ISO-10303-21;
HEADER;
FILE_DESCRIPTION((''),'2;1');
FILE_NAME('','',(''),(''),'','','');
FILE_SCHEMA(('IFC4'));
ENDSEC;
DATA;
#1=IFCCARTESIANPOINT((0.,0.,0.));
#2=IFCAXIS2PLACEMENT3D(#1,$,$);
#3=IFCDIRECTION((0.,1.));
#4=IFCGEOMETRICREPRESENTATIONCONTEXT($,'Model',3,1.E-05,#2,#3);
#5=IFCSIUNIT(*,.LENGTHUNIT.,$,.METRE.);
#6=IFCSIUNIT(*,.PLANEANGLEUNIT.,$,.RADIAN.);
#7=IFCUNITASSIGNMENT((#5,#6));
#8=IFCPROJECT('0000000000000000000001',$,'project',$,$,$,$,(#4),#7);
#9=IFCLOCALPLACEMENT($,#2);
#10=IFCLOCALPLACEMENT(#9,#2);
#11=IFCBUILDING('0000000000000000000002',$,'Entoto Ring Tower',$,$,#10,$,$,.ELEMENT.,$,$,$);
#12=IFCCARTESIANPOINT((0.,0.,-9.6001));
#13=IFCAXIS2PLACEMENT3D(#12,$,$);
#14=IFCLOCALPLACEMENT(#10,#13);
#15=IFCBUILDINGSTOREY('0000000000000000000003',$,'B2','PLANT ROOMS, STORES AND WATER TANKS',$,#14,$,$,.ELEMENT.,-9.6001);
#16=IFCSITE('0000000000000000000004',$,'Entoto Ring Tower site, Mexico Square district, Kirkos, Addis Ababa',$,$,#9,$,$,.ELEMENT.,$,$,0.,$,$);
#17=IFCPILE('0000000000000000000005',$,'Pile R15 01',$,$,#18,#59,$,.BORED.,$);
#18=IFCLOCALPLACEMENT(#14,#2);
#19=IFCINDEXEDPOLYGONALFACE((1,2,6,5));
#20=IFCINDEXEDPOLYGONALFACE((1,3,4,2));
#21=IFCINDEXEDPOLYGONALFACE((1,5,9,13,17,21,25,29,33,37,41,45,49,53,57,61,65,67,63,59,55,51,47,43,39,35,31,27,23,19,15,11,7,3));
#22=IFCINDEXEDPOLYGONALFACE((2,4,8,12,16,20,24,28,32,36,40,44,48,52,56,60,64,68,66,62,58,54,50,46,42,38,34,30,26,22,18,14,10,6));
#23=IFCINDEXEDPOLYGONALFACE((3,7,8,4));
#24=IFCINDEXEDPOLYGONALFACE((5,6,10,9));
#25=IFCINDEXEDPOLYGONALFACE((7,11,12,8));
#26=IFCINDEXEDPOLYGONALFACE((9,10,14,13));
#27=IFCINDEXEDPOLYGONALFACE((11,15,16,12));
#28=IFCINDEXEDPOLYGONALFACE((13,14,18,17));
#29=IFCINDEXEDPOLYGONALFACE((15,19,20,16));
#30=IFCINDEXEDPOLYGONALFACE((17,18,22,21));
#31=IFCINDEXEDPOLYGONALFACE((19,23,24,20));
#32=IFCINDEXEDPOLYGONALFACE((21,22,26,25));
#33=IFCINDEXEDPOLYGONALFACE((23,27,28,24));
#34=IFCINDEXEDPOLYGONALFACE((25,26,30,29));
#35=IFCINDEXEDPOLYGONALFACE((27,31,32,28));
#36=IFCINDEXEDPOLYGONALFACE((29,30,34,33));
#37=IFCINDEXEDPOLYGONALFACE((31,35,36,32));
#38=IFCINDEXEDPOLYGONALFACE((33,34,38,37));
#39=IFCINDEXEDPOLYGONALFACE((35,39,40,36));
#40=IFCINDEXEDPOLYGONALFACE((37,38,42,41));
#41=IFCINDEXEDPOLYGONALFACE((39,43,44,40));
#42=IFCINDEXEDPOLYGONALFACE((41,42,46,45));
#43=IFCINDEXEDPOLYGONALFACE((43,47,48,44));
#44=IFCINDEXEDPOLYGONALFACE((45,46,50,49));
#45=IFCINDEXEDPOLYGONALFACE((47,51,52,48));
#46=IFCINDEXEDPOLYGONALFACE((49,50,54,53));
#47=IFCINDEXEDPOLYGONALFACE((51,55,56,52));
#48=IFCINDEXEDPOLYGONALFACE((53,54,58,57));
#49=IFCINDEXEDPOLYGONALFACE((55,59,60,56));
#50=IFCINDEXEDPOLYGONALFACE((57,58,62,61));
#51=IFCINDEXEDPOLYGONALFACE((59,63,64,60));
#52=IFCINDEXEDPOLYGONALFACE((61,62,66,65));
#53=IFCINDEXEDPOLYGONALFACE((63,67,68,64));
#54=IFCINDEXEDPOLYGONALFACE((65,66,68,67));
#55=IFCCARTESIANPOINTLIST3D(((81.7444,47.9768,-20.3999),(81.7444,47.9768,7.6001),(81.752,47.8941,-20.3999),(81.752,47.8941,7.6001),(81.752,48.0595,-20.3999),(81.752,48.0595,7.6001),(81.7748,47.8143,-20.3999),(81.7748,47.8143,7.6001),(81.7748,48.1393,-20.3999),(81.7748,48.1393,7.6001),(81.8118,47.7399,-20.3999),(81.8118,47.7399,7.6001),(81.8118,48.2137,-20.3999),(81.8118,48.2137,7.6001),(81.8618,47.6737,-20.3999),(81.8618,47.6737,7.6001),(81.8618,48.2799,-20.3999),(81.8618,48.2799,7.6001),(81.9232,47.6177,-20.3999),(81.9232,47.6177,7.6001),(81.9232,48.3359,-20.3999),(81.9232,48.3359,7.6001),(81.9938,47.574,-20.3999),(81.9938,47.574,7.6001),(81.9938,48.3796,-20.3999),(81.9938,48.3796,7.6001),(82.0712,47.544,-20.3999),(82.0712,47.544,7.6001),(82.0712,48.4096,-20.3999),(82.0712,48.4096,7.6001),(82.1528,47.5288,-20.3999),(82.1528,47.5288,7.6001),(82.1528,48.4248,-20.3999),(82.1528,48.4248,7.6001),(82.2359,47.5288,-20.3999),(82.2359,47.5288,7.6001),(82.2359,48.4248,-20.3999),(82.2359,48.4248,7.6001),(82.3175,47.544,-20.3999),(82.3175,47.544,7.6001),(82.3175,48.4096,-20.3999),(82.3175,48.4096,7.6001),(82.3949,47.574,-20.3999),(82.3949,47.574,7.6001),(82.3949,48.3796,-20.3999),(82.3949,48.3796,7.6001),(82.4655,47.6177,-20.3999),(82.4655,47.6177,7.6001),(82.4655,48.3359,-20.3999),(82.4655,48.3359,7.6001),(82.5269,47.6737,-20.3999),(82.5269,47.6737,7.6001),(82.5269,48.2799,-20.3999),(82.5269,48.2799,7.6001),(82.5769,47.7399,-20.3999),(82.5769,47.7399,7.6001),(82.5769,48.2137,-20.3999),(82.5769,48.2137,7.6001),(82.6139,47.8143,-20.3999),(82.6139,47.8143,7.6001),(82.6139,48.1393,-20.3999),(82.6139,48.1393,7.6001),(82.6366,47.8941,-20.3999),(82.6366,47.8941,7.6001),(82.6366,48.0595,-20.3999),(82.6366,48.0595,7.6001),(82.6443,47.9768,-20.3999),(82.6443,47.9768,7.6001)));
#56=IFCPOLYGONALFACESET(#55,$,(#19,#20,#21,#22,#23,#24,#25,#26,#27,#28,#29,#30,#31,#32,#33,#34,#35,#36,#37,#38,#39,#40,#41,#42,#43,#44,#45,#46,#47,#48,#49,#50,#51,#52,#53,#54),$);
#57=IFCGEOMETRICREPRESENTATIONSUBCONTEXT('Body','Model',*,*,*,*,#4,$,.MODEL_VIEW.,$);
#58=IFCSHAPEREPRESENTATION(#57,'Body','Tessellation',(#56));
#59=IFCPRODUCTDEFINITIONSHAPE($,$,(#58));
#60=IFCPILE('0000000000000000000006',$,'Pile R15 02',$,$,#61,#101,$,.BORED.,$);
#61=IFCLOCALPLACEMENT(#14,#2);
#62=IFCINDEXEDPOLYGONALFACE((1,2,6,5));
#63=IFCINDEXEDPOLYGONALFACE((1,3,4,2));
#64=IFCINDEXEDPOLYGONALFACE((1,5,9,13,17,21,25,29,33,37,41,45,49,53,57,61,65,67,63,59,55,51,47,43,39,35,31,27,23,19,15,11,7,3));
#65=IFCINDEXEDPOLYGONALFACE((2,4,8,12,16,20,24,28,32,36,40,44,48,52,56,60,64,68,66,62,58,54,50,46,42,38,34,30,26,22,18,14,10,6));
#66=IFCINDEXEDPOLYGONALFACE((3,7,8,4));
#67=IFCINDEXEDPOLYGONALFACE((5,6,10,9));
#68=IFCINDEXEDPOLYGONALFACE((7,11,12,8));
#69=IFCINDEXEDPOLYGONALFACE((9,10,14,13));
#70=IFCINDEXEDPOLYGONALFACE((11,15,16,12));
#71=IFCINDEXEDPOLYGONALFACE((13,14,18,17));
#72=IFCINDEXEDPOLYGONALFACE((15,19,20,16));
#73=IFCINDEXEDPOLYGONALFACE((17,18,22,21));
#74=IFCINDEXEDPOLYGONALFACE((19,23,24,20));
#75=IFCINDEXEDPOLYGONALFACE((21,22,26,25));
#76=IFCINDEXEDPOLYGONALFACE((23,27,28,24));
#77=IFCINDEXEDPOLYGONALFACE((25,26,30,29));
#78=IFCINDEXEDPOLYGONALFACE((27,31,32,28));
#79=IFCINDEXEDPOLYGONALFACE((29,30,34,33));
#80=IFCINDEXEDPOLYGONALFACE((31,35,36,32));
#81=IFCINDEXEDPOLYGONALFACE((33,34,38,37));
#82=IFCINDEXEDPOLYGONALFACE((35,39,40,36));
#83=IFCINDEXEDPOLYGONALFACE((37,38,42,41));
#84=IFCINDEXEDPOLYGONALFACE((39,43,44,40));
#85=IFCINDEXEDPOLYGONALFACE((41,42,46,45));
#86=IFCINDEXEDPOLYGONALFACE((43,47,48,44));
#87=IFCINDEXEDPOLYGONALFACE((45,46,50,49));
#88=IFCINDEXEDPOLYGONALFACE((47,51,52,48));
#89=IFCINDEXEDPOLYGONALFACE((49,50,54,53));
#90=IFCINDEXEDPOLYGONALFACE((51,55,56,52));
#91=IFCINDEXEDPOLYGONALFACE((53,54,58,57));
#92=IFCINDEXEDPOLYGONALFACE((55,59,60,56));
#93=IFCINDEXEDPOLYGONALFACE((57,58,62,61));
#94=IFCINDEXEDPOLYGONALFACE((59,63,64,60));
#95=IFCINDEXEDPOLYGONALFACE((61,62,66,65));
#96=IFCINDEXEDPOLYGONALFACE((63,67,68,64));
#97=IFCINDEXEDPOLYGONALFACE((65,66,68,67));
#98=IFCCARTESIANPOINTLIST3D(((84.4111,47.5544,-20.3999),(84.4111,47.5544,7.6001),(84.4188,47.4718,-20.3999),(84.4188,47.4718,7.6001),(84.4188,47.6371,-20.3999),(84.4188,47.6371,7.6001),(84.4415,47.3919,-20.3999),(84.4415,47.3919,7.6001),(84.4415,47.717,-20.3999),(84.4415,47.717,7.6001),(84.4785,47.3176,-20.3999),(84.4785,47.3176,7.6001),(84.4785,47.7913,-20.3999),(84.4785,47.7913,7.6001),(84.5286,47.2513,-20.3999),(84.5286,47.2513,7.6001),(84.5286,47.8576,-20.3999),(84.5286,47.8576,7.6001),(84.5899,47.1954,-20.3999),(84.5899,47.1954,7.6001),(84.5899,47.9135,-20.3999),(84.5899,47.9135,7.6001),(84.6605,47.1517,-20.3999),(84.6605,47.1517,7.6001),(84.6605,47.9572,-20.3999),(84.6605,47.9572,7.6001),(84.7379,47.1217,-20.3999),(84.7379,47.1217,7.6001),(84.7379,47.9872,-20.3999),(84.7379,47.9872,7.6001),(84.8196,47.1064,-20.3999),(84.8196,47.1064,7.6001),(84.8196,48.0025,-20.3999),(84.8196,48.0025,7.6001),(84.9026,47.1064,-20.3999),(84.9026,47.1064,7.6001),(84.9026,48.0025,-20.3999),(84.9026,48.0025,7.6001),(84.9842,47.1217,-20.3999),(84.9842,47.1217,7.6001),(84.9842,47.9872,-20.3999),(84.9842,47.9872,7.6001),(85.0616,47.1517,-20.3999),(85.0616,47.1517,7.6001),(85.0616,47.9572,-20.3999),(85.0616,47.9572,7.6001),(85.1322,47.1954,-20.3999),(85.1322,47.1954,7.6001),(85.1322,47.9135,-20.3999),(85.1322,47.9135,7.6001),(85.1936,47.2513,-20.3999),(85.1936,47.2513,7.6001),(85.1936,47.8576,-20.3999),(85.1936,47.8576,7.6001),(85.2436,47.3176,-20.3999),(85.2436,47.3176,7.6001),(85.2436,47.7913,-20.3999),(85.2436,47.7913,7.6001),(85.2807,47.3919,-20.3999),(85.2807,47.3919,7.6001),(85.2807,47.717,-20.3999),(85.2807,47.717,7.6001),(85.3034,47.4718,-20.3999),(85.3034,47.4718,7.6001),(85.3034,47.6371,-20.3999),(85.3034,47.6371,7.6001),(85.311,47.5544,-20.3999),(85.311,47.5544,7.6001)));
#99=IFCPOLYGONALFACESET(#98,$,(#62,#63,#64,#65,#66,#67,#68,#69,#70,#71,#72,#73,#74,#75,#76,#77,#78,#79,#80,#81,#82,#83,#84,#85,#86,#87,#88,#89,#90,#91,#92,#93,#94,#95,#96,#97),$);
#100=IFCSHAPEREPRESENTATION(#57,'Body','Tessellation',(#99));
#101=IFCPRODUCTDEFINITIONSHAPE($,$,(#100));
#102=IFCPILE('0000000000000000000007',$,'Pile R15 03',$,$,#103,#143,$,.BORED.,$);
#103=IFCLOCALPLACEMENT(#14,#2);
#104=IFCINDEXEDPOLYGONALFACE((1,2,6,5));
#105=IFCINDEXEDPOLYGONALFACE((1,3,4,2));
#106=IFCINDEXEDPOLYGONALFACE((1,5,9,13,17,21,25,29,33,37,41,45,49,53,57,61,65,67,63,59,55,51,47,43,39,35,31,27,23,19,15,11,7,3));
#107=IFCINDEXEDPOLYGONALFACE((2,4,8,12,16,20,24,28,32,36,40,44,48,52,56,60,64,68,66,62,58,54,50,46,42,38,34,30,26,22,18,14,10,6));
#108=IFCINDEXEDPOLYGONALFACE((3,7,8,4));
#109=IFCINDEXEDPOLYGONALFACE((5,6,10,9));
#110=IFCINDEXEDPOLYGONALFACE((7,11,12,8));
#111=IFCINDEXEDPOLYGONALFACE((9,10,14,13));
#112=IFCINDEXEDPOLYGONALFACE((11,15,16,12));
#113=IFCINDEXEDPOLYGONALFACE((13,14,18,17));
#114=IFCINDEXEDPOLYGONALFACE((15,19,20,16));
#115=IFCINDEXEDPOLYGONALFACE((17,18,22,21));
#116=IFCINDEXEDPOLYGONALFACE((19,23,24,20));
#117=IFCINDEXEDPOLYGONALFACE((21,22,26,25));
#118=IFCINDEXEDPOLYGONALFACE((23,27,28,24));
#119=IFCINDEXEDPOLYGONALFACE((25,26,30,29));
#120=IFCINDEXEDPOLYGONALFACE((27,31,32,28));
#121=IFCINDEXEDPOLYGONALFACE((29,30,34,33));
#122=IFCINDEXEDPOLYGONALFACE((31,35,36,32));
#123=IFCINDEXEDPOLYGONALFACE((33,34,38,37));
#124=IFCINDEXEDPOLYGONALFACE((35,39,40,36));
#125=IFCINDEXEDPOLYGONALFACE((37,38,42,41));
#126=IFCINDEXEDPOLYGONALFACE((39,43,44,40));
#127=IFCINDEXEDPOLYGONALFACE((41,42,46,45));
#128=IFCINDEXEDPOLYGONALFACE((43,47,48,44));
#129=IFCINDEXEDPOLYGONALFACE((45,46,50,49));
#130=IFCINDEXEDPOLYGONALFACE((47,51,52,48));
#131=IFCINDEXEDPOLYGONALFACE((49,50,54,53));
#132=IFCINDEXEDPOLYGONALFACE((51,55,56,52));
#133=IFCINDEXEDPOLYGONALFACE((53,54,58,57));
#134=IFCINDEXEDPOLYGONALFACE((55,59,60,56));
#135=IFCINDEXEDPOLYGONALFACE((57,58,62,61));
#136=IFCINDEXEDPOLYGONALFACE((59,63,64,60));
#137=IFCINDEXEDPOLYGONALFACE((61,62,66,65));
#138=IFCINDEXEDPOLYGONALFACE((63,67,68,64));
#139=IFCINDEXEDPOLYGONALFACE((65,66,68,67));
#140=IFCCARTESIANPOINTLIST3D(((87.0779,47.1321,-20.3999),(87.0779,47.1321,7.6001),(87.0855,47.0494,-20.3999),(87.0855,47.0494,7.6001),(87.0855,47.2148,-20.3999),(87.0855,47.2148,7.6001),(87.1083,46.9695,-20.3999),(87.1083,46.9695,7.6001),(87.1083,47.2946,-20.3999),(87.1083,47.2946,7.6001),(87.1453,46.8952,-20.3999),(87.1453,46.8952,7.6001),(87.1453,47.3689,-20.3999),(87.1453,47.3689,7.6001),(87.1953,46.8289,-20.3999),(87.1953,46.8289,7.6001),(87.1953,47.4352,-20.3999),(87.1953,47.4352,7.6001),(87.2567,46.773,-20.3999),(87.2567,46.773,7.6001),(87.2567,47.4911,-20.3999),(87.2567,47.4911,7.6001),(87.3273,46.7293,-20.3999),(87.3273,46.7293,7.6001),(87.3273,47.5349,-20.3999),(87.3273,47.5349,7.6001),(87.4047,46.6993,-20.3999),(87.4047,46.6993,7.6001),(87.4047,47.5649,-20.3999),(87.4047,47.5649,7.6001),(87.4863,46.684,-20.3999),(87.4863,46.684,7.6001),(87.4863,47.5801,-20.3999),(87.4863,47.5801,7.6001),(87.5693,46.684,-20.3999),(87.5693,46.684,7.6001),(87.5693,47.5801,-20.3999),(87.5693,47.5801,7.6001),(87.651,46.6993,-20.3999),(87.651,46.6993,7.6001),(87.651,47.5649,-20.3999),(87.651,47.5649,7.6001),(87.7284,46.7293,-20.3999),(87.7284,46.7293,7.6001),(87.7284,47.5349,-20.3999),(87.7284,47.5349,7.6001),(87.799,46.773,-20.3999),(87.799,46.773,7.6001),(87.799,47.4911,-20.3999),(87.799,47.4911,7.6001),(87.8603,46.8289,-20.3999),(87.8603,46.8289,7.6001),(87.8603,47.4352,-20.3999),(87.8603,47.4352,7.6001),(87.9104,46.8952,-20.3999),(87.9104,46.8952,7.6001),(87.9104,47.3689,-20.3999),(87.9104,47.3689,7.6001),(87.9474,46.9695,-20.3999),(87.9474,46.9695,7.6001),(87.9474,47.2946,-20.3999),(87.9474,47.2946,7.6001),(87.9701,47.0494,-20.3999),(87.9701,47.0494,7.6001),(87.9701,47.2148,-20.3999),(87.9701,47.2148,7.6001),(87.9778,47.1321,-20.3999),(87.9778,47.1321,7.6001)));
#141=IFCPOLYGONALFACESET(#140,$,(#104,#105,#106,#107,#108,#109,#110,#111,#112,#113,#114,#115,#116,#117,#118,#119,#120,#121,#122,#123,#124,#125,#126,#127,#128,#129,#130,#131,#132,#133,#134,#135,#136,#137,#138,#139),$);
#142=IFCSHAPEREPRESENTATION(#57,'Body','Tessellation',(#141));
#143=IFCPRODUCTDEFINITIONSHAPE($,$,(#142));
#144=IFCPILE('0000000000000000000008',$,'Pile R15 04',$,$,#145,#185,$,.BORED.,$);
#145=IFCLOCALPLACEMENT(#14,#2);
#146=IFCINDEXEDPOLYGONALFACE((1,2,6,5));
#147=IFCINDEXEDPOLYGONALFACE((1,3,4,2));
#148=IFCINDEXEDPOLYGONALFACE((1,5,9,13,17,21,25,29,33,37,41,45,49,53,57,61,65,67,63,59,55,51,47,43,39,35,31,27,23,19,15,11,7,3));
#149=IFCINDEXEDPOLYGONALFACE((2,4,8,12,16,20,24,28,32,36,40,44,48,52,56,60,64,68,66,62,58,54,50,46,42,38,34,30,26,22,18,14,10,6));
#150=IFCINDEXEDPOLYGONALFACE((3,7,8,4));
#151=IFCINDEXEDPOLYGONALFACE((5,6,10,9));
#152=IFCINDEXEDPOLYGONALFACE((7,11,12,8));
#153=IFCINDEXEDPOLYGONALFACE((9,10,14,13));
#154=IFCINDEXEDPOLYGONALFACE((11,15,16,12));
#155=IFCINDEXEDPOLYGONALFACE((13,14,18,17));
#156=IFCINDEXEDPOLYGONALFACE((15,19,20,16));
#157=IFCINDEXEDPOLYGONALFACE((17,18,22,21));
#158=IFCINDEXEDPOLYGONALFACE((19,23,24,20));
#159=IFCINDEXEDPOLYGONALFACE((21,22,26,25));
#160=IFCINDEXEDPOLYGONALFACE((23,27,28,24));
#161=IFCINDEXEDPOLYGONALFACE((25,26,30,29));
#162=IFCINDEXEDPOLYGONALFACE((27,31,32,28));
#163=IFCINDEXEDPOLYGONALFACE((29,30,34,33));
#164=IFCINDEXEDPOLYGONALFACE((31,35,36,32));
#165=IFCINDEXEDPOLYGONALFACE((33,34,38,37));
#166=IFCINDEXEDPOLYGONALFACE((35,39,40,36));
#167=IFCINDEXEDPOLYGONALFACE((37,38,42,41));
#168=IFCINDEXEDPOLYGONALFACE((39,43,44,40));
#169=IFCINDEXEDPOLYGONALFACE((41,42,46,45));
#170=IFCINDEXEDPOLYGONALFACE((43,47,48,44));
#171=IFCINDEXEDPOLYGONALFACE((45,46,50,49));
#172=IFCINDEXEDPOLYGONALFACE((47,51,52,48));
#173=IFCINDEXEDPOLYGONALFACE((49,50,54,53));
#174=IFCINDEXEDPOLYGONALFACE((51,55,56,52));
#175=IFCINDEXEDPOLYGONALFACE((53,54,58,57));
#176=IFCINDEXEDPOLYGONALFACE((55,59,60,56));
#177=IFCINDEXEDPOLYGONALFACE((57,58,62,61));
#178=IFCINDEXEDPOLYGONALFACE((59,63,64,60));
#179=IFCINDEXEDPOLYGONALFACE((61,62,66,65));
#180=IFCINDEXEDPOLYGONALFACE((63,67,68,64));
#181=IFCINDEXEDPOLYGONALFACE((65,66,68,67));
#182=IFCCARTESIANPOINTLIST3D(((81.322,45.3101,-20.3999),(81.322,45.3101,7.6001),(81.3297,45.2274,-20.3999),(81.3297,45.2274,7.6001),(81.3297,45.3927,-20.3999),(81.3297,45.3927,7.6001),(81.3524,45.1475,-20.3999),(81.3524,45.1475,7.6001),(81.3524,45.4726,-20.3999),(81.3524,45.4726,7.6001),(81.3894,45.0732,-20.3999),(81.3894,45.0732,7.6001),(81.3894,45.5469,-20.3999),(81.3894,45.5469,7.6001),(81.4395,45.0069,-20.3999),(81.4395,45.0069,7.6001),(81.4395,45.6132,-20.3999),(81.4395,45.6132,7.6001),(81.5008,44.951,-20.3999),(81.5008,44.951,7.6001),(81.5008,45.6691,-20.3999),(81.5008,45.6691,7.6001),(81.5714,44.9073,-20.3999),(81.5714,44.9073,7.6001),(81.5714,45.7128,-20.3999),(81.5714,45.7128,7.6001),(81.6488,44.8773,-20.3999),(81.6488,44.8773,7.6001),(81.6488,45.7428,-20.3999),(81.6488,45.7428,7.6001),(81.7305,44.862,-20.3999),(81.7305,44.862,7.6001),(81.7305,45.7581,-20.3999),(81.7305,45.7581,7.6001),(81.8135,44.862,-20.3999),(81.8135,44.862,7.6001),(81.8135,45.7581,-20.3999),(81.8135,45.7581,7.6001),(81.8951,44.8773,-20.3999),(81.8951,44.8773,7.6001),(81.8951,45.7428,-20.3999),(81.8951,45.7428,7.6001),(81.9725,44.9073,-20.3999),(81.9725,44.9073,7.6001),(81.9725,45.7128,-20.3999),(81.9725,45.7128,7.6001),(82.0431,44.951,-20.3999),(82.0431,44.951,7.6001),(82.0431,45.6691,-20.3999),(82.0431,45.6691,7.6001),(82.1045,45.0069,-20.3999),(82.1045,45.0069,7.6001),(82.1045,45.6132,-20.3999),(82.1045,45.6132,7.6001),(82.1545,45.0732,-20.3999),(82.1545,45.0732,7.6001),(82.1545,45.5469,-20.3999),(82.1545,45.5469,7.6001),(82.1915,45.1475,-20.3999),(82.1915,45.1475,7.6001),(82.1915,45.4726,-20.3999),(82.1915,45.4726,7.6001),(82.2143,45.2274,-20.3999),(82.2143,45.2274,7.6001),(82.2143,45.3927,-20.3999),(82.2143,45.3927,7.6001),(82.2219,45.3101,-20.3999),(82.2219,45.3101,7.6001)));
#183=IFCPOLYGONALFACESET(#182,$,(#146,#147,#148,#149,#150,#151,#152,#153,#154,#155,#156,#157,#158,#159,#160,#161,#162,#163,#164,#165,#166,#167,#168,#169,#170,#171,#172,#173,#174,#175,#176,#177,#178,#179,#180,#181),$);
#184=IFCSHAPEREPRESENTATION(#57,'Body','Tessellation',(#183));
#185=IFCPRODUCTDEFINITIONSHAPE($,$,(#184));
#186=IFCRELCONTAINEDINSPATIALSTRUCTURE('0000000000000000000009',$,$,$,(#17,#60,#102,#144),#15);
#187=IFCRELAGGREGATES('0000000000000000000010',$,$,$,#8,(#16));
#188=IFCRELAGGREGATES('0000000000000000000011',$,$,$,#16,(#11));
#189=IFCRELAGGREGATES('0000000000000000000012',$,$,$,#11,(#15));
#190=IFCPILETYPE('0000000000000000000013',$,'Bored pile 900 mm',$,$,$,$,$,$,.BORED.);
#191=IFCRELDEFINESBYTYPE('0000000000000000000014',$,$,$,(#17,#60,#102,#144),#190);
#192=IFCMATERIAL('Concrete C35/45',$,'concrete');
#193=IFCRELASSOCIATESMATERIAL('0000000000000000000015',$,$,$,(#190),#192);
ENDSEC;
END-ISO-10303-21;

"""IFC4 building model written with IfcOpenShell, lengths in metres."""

from ifc_helpers import new_model, si_unit, direction, frame, origin, origin_2d, place, context, subcontext, project, spatial, circle, extrude, material, material_profile, profile_set, type_object, element, save


model = new_model("IFC4")

# Units and contexts
model_context = context("Model", 3, precision=1e-05, world=origin(), true_north=direction((0.0, 1.0)))
body_context = subcontext(model_context, "Body", "Model", "MODEL_VIEW")
ifc_project = project(units=[si_unit("LENGTHUNIT", "METRE"), si_unit("PLANEANGLEUNIT", "RADIAN")], contexts=[model_context])

# Site, building, storey
site_placement = place(None, origin())
site = spatial("IfcSite", under=ifc_project, at=site_placement, Name="Entoto Ring Tower site, Mexico Square district, Kirkos, Addis Ababa", CompositionType="ELEMENT", RefElevation=0.0)
building_placement = place(site_placement, origin())
building = spatial("IfcBuilding", under=site, at=building_placement, Name="Entoto Ring Tower", CompositionType="ELEMENT")
storey_placement = place(building_placement, frame((0.0, 0.0, -9.6001)))
storey = spatial("IfcBuildingStorey", under=building, at=storey_placement, Name="B2", Description="PLANT ROOMS, STORES AND WATER TANKS", CompositionType="ELEMENT", Elevation=-9.6001)

# Piles
ifc_material_1 = material(Name="Concrete C35/45", Category="concrete")
ifc_material_profile_1 = material_profile(ifc_material_1, circle(Radius=0.45, at=origin_2d()), Name="Bored pile 900 mm")
ifc_profile_set_1 = profile_set([ifc_material_profile_1], Name="Concrete C35/45")
pile_type = type_object("IfcPileType", Name="Bored pile 900 mm", PredefinedType="BORED", material=ifc_profile_set_1)
for number, where, z_axis, x_axis, name in (
    (1, (82.1943, 47.9768, 7.6001), (0.0, 0.0, -1.0), (1.0, 0.0, 0.0), "Pile R15 01"),
    (2, (84.8611, 47.5544, 7.6001), (0.0, 0.0, -1.0), (1.0, 0.0, 0.0), "Pile R15 02"),
    (3, (87.5278, 47.1321, 7.6001), (0.0, 0.0, -1.0), (1.0, 0.0, 0.0), "Pile R15 03"),
    (4, (81.772, 45.3101, 7.6001), (0.0, 0.0, -1.0), (1.0, 0.0, 0.0), "Pile R15 04"),
):
    element("IfcPile", number, at=place(storey_placement, frame(where, z_axis=z_axis, x_axis=x_axis)), inside=storey, type_object=pile_type, Name=name, PredefinedType="BORED", context=body_context, shape_type="SweptSolid", body=[
        extrude(circle(Radius=0.45, at=origin_2d()), origin(), (0.0, 0.0, 1.0), 28.0),
    ])

save(model, "model.ifc")
